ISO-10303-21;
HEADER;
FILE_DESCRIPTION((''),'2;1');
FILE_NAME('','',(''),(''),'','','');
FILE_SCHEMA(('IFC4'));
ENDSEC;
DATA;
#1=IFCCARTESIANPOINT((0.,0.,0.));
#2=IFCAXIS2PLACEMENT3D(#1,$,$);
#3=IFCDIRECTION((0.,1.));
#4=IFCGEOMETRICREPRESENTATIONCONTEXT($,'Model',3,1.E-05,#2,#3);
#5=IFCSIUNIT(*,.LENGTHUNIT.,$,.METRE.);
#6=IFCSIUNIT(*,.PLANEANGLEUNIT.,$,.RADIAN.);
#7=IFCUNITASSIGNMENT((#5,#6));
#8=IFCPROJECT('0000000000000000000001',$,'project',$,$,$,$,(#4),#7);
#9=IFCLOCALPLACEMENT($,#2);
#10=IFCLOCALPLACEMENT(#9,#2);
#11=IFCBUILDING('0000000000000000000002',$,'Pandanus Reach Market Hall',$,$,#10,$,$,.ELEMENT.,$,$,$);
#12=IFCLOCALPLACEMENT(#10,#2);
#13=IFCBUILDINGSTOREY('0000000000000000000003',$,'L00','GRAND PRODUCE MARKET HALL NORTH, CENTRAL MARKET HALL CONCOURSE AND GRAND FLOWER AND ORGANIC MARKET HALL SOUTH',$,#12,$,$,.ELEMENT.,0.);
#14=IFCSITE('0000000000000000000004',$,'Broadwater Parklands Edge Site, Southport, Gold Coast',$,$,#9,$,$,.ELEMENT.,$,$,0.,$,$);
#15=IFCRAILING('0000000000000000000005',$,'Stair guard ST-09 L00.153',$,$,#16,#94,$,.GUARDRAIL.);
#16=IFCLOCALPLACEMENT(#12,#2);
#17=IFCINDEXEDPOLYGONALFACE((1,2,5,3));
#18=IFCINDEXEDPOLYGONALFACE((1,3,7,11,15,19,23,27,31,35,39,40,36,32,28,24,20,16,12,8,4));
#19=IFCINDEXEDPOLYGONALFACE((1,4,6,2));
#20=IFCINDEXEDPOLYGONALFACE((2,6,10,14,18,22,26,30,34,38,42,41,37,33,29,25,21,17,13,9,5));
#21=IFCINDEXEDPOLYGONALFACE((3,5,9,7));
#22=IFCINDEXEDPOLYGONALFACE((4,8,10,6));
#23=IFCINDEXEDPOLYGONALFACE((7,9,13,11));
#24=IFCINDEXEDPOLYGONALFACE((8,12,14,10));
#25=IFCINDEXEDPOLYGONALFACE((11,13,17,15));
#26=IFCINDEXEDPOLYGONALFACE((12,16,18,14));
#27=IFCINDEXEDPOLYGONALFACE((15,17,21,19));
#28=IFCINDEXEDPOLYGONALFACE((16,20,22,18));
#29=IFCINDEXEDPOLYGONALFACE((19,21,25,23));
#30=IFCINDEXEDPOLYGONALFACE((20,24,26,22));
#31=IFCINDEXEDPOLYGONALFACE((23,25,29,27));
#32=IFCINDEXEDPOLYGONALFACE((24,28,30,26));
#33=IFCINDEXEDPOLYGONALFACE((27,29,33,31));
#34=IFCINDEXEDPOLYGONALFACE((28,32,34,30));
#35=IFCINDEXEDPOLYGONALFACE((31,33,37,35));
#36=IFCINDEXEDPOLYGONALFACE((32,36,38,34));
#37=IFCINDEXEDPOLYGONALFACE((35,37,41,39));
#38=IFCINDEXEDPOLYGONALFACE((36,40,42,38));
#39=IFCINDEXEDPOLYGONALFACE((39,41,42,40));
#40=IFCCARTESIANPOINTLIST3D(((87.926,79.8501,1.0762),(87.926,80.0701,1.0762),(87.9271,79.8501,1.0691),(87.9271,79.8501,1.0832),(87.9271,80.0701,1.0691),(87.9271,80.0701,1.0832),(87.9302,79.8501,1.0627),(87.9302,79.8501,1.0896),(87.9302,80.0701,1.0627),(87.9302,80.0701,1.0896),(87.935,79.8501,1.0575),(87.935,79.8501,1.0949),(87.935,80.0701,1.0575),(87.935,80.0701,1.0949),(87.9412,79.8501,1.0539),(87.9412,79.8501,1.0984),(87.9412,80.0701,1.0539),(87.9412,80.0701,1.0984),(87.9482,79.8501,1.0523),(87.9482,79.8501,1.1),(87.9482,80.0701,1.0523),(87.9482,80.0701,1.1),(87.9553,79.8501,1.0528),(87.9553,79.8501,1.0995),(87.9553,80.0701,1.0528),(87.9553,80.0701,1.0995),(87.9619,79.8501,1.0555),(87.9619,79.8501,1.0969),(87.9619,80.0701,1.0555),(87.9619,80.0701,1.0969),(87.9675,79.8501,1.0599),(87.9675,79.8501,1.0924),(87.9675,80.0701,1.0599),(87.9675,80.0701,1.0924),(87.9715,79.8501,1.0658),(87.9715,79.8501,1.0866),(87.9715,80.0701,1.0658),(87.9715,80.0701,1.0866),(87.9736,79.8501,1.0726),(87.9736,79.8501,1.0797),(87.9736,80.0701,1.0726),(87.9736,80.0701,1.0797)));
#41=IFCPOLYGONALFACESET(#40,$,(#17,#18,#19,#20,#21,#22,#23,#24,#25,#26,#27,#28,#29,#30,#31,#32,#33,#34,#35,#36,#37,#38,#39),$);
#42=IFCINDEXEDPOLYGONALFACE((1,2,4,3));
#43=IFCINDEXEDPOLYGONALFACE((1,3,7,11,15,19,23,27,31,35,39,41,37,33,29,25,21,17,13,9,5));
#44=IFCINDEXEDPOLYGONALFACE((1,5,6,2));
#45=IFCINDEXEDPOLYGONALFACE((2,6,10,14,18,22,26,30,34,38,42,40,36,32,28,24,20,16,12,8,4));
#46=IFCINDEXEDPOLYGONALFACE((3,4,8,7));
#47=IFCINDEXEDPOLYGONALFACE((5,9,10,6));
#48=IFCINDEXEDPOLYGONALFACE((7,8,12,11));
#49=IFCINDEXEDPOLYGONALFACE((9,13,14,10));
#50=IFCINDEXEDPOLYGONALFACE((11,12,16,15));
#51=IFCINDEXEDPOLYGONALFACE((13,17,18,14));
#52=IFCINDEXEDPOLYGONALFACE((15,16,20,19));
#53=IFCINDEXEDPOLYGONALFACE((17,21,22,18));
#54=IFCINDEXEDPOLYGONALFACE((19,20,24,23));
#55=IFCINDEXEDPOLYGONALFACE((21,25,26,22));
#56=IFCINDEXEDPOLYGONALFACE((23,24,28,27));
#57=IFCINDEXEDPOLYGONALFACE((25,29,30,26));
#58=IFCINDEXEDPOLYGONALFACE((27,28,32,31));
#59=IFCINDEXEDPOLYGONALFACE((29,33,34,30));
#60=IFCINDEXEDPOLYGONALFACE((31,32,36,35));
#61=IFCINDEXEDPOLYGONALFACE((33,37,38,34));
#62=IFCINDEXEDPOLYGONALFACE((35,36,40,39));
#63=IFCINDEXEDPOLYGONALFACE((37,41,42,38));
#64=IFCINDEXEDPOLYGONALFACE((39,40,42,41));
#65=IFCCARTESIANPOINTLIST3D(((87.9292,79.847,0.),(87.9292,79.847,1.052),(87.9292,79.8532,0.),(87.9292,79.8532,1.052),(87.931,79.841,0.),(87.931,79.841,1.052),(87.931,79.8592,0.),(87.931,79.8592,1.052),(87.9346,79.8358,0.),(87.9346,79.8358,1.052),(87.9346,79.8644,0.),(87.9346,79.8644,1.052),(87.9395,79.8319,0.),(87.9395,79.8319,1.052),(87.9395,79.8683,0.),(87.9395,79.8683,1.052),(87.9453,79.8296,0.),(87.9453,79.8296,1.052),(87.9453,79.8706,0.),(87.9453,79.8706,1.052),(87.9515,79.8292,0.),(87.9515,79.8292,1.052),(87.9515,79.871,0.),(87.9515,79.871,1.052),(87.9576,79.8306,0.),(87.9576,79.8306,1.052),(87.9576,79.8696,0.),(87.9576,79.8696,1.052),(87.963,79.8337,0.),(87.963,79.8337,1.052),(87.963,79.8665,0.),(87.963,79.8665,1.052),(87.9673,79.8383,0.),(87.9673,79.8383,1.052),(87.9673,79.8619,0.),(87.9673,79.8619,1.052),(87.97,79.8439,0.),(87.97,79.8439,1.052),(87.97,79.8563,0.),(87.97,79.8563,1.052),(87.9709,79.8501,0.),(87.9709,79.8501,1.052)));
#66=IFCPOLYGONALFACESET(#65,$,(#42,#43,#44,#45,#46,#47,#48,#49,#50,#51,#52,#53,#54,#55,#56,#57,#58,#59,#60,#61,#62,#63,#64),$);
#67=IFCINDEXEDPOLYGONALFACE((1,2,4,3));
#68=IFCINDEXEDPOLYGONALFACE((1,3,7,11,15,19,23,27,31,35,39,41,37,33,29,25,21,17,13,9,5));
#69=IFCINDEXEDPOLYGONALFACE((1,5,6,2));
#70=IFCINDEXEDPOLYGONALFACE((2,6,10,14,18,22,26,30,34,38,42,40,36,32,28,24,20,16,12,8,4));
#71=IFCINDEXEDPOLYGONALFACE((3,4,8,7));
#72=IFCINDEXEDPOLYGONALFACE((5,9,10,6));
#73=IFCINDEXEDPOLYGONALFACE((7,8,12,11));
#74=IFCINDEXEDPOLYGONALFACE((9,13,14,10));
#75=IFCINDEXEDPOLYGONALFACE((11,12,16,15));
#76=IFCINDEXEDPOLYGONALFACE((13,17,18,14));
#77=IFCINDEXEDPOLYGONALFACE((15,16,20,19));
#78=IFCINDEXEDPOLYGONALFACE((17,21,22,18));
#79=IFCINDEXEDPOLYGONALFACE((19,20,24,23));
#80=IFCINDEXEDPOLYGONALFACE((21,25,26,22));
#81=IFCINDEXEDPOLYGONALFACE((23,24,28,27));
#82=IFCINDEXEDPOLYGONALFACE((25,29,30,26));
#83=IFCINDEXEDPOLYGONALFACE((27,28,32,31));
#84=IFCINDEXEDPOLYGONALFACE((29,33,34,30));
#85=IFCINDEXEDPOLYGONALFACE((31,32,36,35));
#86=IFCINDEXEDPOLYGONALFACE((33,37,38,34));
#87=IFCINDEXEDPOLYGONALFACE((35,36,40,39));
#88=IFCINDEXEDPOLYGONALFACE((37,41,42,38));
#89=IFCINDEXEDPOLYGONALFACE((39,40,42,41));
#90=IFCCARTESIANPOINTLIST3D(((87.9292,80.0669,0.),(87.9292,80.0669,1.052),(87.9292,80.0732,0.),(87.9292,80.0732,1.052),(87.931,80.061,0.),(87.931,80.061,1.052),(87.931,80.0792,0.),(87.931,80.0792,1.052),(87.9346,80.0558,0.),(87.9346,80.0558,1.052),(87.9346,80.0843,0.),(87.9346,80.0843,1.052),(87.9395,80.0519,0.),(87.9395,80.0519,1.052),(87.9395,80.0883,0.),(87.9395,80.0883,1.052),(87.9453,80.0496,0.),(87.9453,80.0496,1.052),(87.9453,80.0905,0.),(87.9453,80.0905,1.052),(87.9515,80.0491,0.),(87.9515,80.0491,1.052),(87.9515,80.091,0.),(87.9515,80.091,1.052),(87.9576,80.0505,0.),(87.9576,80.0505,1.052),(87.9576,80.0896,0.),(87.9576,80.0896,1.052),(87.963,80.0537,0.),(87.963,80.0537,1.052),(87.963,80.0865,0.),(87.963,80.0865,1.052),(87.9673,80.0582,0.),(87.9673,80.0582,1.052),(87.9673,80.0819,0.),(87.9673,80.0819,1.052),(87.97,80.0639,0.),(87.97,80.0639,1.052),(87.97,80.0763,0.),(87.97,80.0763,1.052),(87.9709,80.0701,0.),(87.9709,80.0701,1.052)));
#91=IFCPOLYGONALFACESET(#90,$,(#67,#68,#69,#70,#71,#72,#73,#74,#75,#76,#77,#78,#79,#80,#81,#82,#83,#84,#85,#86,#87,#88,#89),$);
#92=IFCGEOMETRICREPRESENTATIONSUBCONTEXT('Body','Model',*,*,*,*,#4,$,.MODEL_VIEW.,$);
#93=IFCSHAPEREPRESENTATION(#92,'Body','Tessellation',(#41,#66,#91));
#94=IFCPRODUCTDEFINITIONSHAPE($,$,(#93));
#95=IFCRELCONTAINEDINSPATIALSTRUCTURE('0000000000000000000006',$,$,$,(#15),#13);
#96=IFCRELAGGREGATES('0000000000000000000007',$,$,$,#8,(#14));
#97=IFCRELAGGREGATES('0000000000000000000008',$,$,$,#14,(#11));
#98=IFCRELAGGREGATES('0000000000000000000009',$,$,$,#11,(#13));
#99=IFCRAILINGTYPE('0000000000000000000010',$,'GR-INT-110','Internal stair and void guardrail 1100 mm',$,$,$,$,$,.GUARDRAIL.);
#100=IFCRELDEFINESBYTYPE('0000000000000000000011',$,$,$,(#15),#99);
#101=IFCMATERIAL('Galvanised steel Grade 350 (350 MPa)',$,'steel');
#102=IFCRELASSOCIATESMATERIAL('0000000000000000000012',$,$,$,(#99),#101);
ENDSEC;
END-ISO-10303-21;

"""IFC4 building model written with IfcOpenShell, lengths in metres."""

from ifc_helpers import new_model, si_unit, direction, frame, origin, origin_2d, place, context, subcontext, project, spatial, circle, extrude, material, type_object, element, save


model = new_model("IFC4")

# Units and contexts
model_context = context("Model", 3, precision=1e-05, world=origin(), true_north=direction((0.0, 1.0)))
body_context = subcontext(model_context, "Body", "Model", "MODEL_VIEW")
ifc_project = project(units=[si_unit("LENGTHUNIT", "METRE"), si_unit("PLANEANGLEUNIT", "RADIAN")], contexts=[model_context])

# Site, building, storey
site_placement = place(None, origin())
site = spatial("IfcSite", under=ifc_project, at=site_placement, Name="Broadwater Parklands Edge Site, Southport, Gold Coast", CompositionType="ELEMENT", RefElevation=0.0)
building_placement = place(site_placement, origin())
building = spatial("IfcBuilding", under=site, at=building_placement, Name="Pandanus Reach Market Hall", CompositionType="ELEMENT")
storey_placement = place(building_placement, origin())
storey = spatial("IfcBuildingStorey", under=building, at=storey_placement, Name="L00", Description="GRAND PRODUCE MARKET HALL NORTH, CENTRAL MARKET HALL CONCOURSE AND GRAND FLOWER AND ORGANIC MARKET HALL SOUTH", CompositionType="ELEMENT", Elevation=0.0)

# Railing
ifc_material_1 = material(Name="Galvanised steel Grade 350 (350 MPa)", Category="steel")
railing_type_1 = type_object("IfcRailingType", Name="GR-INT-110", Description="Internal stair and void guardrail 1100 mm", PredefinedType="GUARDRAIL", material=ifc_material_1)
railing_1_placement = place(storey_placement, frame((87.95, 79.8501, 0.0)))
element("IfcRailing", 1, at=railing_1_placement, inside=storey, type_object=railing_type_1, Name="Stair guard ST-09 L00.153", PredefinedType="GUARDRAIL", context=body_context, shape_type="SweptSolid", body=[
    extrude(circle(Radius=0.0239, at=origin_2d()), frame((0.0, 0.0, 1.0762), z_axis=(0.0, 1.0, 0.0), x_axis=(-1.0, 0.0, 0.0)), (0.0, 0.0, 1.0), 0.22),
    extrude(circle(Radius=0.021, at=origin_2d()), origin(), (0.0, 0.0, 1.0), 1.052),
    extrude(circle(Radius=0.021, at=origin_2d()), frame((0.0, 0.22, 0.0)), (0.0, 0.0, 1.0), 1.052),
])

save(model, "model.ifc")
